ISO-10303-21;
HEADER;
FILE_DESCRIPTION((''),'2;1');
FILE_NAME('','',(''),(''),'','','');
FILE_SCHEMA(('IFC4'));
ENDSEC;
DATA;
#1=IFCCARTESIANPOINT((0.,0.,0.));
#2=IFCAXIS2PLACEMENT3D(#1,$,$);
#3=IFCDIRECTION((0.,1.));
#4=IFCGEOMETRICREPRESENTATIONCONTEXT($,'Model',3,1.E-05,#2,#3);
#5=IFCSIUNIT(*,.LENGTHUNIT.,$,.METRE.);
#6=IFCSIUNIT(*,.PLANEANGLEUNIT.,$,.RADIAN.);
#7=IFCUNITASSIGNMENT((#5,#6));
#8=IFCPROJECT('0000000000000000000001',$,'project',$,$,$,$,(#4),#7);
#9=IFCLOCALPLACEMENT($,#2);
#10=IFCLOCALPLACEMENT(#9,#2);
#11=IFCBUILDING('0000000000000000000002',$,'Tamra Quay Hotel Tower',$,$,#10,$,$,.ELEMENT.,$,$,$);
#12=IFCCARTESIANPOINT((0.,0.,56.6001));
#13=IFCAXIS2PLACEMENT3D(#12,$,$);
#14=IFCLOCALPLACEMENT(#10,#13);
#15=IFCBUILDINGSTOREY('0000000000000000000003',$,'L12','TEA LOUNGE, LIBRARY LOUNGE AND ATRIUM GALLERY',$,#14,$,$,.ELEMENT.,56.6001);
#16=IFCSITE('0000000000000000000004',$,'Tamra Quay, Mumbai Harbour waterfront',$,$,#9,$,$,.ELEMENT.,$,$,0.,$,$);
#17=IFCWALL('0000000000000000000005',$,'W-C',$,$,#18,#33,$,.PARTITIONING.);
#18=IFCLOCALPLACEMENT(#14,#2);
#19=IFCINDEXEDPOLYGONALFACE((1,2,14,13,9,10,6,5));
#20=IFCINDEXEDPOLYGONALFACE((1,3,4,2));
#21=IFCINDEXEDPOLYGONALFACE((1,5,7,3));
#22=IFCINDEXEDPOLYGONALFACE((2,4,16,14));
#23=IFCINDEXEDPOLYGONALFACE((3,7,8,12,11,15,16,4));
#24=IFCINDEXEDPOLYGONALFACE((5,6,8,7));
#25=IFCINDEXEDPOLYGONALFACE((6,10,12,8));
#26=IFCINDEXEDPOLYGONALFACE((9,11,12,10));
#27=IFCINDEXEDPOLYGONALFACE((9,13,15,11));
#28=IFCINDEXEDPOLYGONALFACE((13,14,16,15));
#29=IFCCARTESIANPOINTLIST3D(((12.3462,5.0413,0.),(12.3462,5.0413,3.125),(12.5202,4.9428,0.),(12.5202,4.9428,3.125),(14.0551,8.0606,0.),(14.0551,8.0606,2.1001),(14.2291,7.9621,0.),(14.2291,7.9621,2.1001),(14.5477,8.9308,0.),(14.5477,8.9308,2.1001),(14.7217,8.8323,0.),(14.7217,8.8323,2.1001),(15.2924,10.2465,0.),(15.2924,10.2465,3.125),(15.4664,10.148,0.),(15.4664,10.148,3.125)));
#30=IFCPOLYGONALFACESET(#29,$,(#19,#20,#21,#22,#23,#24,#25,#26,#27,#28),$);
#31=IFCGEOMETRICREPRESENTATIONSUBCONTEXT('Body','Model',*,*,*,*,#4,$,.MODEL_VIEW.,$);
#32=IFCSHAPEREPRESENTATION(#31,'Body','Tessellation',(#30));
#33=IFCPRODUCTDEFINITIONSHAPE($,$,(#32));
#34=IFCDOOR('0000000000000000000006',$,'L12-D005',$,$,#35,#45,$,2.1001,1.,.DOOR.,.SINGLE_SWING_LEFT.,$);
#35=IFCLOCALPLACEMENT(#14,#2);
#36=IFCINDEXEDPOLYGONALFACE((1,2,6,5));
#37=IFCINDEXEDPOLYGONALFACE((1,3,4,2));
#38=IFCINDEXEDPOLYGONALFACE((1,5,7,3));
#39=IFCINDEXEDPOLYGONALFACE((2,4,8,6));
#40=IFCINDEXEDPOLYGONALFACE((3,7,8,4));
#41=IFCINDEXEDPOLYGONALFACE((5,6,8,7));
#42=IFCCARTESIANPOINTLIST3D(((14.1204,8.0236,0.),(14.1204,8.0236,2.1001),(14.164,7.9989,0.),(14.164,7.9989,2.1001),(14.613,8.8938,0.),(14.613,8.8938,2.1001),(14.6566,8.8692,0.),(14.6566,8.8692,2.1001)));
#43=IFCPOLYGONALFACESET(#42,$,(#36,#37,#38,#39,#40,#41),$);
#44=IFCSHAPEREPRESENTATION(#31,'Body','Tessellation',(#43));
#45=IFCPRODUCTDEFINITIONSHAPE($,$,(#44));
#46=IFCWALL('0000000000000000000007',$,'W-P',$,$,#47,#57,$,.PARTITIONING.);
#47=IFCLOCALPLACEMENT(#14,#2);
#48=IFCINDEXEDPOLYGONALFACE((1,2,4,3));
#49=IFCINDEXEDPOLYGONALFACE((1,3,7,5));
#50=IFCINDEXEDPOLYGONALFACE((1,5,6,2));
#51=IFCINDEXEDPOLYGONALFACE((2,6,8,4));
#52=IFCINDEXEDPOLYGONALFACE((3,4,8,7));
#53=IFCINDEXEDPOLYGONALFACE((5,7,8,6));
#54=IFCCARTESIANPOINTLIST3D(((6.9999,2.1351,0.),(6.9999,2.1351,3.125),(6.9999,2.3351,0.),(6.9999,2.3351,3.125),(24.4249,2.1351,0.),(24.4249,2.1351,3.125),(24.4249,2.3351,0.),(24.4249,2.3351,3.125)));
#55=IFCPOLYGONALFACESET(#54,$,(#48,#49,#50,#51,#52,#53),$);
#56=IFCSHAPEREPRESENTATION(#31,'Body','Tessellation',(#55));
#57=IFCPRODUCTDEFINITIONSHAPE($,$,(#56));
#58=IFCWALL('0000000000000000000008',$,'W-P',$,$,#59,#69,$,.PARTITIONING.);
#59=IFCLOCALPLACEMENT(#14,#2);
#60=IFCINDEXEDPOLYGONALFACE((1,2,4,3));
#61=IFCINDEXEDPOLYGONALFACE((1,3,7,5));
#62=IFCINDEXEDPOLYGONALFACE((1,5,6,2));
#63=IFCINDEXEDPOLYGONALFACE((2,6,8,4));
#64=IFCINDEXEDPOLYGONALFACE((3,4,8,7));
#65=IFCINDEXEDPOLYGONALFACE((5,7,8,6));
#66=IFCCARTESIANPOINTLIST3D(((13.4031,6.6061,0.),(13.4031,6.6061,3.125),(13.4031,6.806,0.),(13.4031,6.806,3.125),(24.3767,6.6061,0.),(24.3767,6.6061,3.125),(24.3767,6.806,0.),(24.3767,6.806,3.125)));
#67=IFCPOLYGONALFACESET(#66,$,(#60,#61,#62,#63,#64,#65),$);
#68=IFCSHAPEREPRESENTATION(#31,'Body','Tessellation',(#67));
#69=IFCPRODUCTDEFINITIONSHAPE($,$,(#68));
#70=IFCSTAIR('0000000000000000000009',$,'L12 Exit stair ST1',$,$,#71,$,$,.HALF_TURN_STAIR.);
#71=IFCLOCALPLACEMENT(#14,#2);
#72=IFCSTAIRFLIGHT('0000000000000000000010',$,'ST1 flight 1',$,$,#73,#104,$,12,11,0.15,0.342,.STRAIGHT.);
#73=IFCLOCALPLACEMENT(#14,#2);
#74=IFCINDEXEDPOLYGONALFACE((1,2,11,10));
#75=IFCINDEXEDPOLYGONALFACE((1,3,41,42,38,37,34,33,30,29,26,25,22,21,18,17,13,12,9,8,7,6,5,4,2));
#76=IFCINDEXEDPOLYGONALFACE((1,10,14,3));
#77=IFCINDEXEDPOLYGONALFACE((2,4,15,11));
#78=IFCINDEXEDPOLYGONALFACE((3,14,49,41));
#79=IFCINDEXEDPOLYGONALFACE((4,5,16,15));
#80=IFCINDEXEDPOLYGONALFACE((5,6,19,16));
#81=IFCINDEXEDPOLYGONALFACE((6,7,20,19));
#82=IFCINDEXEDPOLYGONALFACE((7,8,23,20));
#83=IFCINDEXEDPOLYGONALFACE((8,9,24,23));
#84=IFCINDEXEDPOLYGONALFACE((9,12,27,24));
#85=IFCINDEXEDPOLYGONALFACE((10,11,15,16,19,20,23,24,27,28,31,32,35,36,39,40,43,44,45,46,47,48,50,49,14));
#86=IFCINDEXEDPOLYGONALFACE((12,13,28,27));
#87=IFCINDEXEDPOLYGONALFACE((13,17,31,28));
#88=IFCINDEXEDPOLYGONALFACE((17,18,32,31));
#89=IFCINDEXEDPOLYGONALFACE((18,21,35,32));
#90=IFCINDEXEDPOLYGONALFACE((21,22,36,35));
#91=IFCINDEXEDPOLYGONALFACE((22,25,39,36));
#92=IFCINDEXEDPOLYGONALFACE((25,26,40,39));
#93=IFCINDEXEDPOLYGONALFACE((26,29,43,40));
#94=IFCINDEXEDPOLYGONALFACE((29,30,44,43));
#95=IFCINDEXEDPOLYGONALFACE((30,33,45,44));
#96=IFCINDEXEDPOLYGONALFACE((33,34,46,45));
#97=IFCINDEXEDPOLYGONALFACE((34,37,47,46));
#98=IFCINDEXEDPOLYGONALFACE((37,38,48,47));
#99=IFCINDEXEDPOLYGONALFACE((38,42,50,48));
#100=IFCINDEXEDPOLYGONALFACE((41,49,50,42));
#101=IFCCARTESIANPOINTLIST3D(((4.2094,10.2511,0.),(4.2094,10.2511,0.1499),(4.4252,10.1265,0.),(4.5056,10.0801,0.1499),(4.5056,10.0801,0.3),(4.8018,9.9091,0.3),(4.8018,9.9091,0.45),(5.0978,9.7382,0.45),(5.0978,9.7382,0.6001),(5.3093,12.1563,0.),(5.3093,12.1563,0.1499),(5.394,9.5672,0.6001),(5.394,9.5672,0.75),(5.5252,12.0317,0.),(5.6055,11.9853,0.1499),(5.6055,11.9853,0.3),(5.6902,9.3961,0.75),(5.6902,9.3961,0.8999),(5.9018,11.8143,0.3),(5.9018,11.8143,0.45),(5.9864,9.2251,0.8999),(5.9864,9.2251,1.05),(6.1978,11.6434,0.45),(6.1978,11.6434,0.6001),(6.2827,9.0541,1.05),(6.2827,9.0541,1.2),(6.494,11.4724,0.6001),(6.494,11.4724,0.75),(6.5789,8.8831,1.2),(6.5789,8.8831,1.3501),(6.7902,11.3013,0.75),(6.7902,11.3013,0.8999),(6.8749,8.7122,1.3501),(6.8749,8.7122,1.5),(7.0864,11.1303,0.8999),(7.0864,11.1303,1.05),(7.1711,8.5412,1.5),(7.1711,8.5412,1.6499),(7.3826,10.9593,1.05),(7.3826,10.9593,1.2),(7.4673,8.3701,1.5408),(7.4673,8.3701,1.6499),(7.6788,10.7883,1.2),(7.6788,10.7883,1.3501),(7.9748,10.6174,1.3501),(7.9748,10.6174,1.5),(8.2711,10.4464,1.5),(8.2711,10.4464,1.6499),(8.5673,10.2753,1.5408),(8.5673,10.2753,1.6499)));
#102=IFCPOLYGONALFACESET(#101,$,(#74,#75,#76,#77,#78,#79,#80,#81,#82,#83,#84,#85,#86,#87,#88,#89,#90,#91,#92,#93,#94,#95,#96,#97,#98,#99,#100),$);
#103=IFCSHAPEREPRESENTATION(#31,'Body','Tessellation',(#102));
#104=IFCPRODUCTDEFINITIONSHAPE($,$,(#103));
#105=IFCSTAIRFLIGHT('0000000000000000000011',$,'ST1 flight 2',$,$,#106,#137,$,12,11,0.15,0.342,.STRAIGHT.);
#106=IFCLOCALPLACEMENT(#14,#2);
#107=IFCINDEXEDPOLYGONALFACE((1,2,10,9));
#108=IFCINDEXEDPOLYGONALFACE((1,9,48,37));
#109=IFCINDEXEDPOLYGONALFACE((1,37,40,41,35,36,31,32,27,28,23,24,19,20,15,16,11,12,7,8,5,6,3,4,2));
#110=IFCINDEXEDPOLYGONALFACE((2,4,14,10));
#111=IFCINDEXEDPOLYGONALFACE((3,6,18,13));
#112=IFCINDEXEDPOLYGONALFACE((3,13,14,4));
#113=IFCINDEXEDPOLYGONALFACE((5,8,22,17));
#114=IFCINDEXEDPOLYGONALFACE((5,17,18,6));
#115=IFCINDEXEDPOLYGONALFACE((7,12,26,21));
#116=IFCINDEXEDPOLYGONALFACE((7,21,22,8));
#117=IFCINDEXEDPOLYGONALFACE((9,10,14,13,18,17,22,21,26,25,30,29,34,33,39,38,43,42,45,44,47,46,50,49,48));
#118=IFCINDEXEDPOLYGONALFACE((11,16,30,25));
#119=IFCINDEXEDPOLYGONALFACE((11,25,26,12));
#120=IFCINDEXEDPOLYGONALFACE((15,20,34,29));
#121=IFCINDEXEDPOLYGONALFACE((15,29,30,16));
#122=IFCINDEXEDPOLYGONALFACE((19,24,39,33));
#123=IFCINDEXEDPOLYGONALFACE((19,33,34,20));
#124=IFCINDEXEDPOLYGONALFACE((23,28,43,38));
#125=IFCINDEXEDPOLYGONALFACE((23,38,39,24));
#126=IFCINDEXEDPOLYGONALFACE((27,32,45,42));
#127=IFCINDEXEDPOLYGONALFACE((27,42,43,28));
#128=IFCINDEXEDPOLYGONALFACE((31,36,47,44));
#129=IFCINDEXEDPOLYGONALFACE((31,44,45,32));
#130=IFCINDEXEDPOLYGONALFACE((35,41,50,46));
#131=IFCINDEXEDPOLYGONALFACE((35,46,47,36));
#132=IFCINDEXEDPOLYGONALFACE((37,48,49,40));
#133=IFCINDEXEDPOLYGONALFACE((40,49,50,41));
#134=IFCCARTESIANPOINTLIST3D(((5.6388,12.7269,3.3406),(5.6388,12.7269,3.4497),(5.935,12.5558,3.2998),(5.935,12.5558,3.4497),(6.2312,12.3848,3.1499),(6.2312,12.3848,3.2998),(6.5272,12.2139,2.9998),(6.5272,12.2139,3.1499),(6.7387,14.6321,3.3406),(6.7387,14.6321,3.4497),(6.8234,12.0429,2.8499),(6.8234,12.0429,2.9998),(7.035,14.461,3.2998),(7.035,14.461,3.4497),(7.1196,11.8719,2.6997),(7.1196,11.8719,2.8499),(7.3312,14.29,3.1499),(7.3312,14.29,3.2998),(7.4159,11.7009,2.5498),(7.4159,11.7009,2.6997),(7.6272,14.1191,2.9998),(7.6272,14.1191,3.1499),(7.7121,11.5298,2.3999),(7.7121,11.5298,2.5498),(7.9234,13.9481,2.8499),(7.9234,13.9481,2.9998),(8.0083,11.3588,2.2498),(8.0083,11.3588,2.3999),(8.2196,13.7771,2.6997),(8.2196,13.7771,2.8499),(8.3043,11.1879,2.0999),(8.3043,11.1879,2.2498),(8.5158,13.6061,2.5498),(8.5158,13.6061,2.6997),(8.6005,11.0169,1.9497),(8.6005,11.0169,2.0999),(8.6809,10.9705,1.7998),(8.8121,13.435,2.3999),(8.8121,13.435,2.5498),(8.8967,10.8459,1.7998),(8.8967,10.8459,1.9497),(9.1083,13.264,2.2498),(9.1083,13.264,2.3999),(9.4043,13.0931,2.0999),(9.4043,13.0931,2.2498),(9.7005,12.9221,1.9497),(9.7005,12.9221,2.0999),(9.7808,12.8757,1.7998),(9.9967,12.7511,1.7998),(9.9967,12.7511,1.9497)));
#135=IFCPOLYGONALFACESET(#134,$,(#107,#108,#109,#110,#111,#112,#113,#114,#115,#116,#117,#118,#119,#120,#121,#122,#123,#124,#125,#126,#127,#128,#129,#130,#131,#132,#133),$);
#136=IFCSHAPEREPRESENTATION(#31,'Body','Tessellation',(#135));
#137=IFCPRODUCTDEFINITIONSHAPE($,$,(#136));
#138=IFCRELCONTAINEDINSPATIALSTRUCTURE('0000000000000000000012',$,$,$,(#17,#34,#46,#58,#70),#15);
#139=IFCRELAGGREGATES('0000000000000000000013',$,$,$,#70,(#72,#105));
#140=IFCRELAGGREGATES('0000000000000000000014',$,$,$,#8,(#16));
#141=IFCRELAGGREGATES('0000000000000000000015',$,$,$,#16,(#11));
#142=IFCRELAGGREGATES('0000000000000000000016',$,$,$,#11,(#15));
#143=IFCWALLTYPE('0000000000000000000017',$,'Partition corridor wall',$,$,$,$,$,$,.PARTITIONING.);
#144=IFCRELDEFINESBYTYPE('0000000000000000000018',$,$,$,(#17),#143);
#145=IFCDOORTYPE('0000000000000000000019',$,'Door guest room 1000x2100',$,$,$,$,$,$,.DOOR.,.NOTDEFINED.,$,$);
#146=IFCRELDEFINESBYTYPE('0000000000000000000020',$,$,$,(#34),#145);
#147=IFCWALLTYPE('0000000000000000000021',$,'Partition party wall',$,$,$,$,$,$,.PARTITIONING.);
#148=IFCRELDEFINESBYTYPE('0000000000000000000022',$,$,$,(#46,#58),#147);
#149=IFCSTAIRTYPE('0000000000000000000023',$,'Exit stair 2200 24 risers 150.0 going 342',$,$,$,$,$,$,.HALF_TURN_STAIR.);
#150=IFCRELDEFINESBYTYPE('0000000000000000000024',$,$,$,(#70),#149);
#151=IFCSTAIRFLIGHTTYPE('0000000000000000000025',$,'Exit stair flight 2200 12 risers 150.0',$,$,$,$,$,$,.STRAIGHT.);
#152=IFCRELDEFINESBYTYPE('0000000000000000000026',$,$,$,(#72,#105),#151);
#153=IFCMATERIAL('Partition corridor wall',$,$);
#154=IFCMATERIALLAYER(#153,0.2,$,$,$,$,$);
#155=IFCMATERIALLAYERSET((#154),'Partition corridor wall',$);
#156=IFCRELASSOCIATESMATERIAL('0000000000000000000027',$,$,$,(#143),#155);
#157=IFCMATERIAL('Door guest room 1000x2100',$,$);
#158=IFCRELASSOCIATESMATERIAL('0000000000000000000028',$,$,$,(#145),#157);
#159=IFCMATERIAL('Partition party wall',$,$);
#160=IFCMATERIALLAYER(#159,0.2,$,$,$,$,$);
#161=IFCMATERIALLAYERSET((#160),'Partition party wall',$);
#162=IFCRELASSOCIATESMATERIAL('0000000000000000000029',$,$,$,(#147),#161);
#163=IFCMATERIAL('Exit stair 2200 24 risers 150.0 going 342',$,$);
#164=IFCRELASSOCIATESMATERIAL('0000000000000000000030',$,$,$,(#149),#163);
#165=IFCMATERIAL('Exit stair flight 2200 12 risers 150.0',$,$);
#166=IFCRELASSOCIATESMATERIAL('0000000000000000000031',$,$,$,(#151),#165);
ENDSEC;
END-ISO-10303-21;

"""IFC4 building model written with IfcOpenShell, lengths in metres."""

from ifc_helpers import new_model, si_unit, direction, frame, frame_2d, origin, place, context, subcontext, project, spatial, polyline, rectangle, outline, extrude, material, layer, layer_set, type_object, element, fill, aggregate, save


model = new_model("IFC4")

# Units and contexts
model_context = context("Model", 3, precision=1e-05, world=origin(), true_north=direction((0.0, 1.0)))
body_context = subcontext(model_context, "Body", "Model", "MODEL_VIEW")
ifc_project = project(units=[si_unit("LENGTHUNIT", "METRE"), si_unit("PLANEANGLEUNIT", "RADIAN")], contexts=[model_context])

# Site, building, storey
site_placement = place(None, origin())
site = spatial("IfcSite", under=ifc_project, at=site_placement, Name="Tamra Quay, Mumbai Harbour waterfront", CompositionType="ELEMENT", RefElevation=0.0)
building_placement = place(site_placement, origin())
building = spatial("IfcBuilding", under=site, at=building_placement, Name="Tamra Quay Hotel Tower", CompositionType="ELEMENT")
storey_placement = place(building_placement, frame((0.0, 0.0, 56.6001)))
storey = spatial("IfcBuildingStorey", under=building, at=storey_placement, Name="L12", Description="TEA LOUNGE, LIBRARY LOUNGE AND ATRIUM GALLERY", CompositionType="ELEMENT", Elevation=56.6001)

# Shared definitions
ifc_material_1 = material(Name="Partition corridor wall")
ifc_layer_1 = layer(ifc_material_1, 0.2)
ifc_layer_set_1 = layer_set([ifc_layer_1], Name="Partition corridor wall")
wall_type_1 = type_object("IfcWallType", Name="Partition corridor wall", PredefinedType="PARTITIONING", material=ifc_layer_set_1)
ifc_material_2 = material(Name="Door guest room 1000x2100")
door_type_1 = type_object("IfcDoorType", Name="Door guest room 1000x2100", OperationType="NOTDEFINED", PredefinedType="DOOR", material=ifc_material_2)

# Wall, opening, door
wall_1_placement = place(storey_placement, frame((12.4331, 4.9919, 0.0), z_axis=(0.0, 0.0, 1.0), x_axis=(0.492583, 0.870265, 0.0)))
wall_1 = element("IfcWall", 1, at=wall_1_placement, inside=storey, type_object=wall_type_1, Name="W-C", PredefinedType="PARTITIONING", context=body_context, shape_type="SweptSolid", body=[
    extrude(rectangle(XDim=5.9812, YDim=0.2, at=frame_2d((2.9907, 0.0))), origin(), (0.0, 0.0, 1.0), 3.125),
])
opening_1_placement = place(wall_1_placement, frame((3.4695, 0.0, 0.0)))
opening_1 = element("IfcOpeningElement", 2, at=opening_1_placement, cuts=wall_1, PredefinedType="OPENING", context=body_context, shape_type="SweptSolid", body=[
    extrude(rectangle(XDim=1.0, YDim=2.1001, at=frame_2d((0.5, 1.05))), frame((0.0, 0.1099, 0.0), z_axis=(0.0, -1.0, 0.0), x_axis=(1.0, 0.0, 0.0)), (0.0, 0.0, 1.0), 0.22),
])
door_1_placement = place(opening_1_placement, origin())
door_1 = element("IfcDoor", 3, at=door_1_placement, inside=storey, type_object=door_type_1, Name="L12-D005", OperationType="SINGLE_SWING_LEFT", OverallHeight=2.1001, OverallWidth=1.0, PredefinedType="DOOR", context=body_context, shape_type="SweptSolid", body=[
    extrude(rectangle(XDim=1.0, YDim=2.1001, at=frame_2d((0.5, 1.05))), frame((0.0, 0.0249, 0.0), z_axis=(0.0, -1.0, 0.0), x_axis=(1.0, 0.0, 0.0)), (0.0, 0.0, 1.0), 0.05),
])
fill(opening_1, door_1)

# Walls
ifc_material_3 = material(Name="Partition party wall")
ifc_layer_2 = layer(ifc_material_3, 0.2)
ifc_layer_set_2 = layer_set([ifc_layer_2], Name="Partition party wall")
wall_type_2 = type_object("IfcWallType", Name="Partition party wall", PredefinedType="PARTITIONING", material=ifc_layer_set_2)
wall_2_placement = place(storey_placement, frame((7.0, 2.2351, 0.0), z_axis=(0.0, 0.0, 1.0), x_axis=(1.0, 0.0, 0.0)))
element("IfcWall", 4, at=wall_2_placement, inside=storey, type_object=wall_type_2, Name="W-P", PredefinedType="PARTITIONING", context=body_context, shape_type="SweptSolid", body=[
    extrude(rectangle(XDim=17.425, YDim=0.2, at=frame_2d((8.7124, 0.0))), origin(), (0.0, 0.0, 1.0), 3.125),
])
wall_3_placement = place(storey_placement, frame((13.4031, 6.7061, 0.0), z_axis=(0.0, 0.0, 1.0), x_axis=(1.0, 0.0, 0.0)))
element("IfcWall", 5, at=wall_3_placement, inside=storey, type_object=wall_type_2, Name="W-P", PredefinedType="PARTITIONING", context=body_context, shape_type="SweptSolid", body=[
    extrude(rectangle(XDim=10.9736, YDim=0.2, at=frame_2d((5.4868, 0.0))), origin(), (0.0, 0.0, 1.0), 3.125),
])

# Stair, stair flights
ifc_material_4 = material(Name="Exit stair 2200 24 risers 150.0 going 342")
stair_type = type_object("IfcStairType", Name="Exit stair 2200 24 risers 150.0 going 342", PredefinedType="HALF_TURN_STAIR", material=ifc_material_4)
stair_placement = place(storey_placement, origin())
stair = element("IfcStair", 6, at=stair_placement, inside=storey, type_object=stair_type, Name="L12 Exit stair ST1", PredefinedType="HALF_TURN_STAIR")
ifc_material_5 = material(Name="Exit stair flight 2200 12 risers 150.0")
stair_flight_type = type_object("IfcStairFlightType", Name="Exit stair flight 2200 12 risers 150.0", PredefinedType="STRAIGHT", material=ifc_material_5)
stair_flight_1_placement = place(storey_placement, frame((4.7593, 11.2036, 0.0), z_axis=(0.0, 0.0, 1.0), x_axis=(0.866025, -0.5, 0.0)))
stair_flight_1 = element("IfcStairFlight", 7, at=stair_flight_1_placement, type_object=stair_flight_type, Name="ST1 flight 1", NumberOfRisers=12, NumberOfTreads=11, PredefinedType="STRAIGHT", RiserHeight=0.15, TreadLength=0.342, context=body_context, shape_type="SweptSolid", body=[
    extrude(outline(polyline([(0.0, 0.0), (0.0, 0.1499), (0.342, 0.1499), (0.342, 0.3), (0.6841, 0.3), (0.6841, 0.45), (1.0259, 0.45), (1.0259, 0.6001), (1.3679, 0.6001), (1.3679, 0.75), (1.71, 0.75), (1.71, 0.8999), (2.052, 0.8999), (2.052, 1.05), (2.394, 1.05), (2.394, 1.2), (2.7361, 1.2), (2.7361, 1.3501), (3.0779, 1.3501), (3.0779, 1.5), (3.4199, 1.5), (3.4199, 1.6499), (3.762, 1.6499), (3.762, 1.8), (3.762, 1.5408), (0.2493, 0.0), (0.0, 0.0)])), frame((0.0, 1.1001, 0.0), z_axis=(0.0, -1.0, 0.0), x_axis=(1.0, 0.0, 0.0)), (0.0, 0.0, 1.0), 2.2),
])
stair_flight_2_placement = place(storey_placement, frame((9.4468, 11.7986, 1.7998), z_axis=(0.0, 0.0, 1.0), x_axis=(-0.866025, 0.5, 0.0)))
stair_flight_2 = element("IfcStairFlight", 8, at=stair_flight_2_placement, type_object=stair_flight_type, Name="ST1 flight 2", NumberOfRisers=12, NumberOfTreads=11, PredefinedType="STRAIGHT", RiserHeight=0.15, TreadLength=0.342, context=body_context, shape_type="SweptSolid", body=[
    extrude(outline(polyline([(0.0, 0.0), (0.0, 0.1499), (0.342, 0.1499), (0.342, 0.3), (0.6841, 0.3), (0.6841, 0.45), (1.0259, 0.45), (1.0259, 0.6001), (1.3679, 0.6001), (1.3679, 0.75), (1.71, 0.75), (1.71, 0.8999), (2.052, 0.8999), (2.052, 1.05), (2.394, 1.05), (2.394, 1.2), (2.7361, 1.2), (2.7361, 1.3501), (3.0779, 1.3501), (3.0779, 1.5), (3.4199, 1.5), (3.4199, 1.6499), (3.762, 1.6499), (3.762, 1.8), (3.762, 1.5408), (0.2493, 0.0), (0.0, 0.0)])), frame((0.0, 1.1001, 0.0), z_axis=(0.0, -1.0, 0.0), x_axis=(1.0, 0.0, 0.0)), (0.0, 0.0, 1.0), 2.2),
])
aggregate(stair, [stair_flight_1, stair_flight_2])

save(model, "model.ifc")
